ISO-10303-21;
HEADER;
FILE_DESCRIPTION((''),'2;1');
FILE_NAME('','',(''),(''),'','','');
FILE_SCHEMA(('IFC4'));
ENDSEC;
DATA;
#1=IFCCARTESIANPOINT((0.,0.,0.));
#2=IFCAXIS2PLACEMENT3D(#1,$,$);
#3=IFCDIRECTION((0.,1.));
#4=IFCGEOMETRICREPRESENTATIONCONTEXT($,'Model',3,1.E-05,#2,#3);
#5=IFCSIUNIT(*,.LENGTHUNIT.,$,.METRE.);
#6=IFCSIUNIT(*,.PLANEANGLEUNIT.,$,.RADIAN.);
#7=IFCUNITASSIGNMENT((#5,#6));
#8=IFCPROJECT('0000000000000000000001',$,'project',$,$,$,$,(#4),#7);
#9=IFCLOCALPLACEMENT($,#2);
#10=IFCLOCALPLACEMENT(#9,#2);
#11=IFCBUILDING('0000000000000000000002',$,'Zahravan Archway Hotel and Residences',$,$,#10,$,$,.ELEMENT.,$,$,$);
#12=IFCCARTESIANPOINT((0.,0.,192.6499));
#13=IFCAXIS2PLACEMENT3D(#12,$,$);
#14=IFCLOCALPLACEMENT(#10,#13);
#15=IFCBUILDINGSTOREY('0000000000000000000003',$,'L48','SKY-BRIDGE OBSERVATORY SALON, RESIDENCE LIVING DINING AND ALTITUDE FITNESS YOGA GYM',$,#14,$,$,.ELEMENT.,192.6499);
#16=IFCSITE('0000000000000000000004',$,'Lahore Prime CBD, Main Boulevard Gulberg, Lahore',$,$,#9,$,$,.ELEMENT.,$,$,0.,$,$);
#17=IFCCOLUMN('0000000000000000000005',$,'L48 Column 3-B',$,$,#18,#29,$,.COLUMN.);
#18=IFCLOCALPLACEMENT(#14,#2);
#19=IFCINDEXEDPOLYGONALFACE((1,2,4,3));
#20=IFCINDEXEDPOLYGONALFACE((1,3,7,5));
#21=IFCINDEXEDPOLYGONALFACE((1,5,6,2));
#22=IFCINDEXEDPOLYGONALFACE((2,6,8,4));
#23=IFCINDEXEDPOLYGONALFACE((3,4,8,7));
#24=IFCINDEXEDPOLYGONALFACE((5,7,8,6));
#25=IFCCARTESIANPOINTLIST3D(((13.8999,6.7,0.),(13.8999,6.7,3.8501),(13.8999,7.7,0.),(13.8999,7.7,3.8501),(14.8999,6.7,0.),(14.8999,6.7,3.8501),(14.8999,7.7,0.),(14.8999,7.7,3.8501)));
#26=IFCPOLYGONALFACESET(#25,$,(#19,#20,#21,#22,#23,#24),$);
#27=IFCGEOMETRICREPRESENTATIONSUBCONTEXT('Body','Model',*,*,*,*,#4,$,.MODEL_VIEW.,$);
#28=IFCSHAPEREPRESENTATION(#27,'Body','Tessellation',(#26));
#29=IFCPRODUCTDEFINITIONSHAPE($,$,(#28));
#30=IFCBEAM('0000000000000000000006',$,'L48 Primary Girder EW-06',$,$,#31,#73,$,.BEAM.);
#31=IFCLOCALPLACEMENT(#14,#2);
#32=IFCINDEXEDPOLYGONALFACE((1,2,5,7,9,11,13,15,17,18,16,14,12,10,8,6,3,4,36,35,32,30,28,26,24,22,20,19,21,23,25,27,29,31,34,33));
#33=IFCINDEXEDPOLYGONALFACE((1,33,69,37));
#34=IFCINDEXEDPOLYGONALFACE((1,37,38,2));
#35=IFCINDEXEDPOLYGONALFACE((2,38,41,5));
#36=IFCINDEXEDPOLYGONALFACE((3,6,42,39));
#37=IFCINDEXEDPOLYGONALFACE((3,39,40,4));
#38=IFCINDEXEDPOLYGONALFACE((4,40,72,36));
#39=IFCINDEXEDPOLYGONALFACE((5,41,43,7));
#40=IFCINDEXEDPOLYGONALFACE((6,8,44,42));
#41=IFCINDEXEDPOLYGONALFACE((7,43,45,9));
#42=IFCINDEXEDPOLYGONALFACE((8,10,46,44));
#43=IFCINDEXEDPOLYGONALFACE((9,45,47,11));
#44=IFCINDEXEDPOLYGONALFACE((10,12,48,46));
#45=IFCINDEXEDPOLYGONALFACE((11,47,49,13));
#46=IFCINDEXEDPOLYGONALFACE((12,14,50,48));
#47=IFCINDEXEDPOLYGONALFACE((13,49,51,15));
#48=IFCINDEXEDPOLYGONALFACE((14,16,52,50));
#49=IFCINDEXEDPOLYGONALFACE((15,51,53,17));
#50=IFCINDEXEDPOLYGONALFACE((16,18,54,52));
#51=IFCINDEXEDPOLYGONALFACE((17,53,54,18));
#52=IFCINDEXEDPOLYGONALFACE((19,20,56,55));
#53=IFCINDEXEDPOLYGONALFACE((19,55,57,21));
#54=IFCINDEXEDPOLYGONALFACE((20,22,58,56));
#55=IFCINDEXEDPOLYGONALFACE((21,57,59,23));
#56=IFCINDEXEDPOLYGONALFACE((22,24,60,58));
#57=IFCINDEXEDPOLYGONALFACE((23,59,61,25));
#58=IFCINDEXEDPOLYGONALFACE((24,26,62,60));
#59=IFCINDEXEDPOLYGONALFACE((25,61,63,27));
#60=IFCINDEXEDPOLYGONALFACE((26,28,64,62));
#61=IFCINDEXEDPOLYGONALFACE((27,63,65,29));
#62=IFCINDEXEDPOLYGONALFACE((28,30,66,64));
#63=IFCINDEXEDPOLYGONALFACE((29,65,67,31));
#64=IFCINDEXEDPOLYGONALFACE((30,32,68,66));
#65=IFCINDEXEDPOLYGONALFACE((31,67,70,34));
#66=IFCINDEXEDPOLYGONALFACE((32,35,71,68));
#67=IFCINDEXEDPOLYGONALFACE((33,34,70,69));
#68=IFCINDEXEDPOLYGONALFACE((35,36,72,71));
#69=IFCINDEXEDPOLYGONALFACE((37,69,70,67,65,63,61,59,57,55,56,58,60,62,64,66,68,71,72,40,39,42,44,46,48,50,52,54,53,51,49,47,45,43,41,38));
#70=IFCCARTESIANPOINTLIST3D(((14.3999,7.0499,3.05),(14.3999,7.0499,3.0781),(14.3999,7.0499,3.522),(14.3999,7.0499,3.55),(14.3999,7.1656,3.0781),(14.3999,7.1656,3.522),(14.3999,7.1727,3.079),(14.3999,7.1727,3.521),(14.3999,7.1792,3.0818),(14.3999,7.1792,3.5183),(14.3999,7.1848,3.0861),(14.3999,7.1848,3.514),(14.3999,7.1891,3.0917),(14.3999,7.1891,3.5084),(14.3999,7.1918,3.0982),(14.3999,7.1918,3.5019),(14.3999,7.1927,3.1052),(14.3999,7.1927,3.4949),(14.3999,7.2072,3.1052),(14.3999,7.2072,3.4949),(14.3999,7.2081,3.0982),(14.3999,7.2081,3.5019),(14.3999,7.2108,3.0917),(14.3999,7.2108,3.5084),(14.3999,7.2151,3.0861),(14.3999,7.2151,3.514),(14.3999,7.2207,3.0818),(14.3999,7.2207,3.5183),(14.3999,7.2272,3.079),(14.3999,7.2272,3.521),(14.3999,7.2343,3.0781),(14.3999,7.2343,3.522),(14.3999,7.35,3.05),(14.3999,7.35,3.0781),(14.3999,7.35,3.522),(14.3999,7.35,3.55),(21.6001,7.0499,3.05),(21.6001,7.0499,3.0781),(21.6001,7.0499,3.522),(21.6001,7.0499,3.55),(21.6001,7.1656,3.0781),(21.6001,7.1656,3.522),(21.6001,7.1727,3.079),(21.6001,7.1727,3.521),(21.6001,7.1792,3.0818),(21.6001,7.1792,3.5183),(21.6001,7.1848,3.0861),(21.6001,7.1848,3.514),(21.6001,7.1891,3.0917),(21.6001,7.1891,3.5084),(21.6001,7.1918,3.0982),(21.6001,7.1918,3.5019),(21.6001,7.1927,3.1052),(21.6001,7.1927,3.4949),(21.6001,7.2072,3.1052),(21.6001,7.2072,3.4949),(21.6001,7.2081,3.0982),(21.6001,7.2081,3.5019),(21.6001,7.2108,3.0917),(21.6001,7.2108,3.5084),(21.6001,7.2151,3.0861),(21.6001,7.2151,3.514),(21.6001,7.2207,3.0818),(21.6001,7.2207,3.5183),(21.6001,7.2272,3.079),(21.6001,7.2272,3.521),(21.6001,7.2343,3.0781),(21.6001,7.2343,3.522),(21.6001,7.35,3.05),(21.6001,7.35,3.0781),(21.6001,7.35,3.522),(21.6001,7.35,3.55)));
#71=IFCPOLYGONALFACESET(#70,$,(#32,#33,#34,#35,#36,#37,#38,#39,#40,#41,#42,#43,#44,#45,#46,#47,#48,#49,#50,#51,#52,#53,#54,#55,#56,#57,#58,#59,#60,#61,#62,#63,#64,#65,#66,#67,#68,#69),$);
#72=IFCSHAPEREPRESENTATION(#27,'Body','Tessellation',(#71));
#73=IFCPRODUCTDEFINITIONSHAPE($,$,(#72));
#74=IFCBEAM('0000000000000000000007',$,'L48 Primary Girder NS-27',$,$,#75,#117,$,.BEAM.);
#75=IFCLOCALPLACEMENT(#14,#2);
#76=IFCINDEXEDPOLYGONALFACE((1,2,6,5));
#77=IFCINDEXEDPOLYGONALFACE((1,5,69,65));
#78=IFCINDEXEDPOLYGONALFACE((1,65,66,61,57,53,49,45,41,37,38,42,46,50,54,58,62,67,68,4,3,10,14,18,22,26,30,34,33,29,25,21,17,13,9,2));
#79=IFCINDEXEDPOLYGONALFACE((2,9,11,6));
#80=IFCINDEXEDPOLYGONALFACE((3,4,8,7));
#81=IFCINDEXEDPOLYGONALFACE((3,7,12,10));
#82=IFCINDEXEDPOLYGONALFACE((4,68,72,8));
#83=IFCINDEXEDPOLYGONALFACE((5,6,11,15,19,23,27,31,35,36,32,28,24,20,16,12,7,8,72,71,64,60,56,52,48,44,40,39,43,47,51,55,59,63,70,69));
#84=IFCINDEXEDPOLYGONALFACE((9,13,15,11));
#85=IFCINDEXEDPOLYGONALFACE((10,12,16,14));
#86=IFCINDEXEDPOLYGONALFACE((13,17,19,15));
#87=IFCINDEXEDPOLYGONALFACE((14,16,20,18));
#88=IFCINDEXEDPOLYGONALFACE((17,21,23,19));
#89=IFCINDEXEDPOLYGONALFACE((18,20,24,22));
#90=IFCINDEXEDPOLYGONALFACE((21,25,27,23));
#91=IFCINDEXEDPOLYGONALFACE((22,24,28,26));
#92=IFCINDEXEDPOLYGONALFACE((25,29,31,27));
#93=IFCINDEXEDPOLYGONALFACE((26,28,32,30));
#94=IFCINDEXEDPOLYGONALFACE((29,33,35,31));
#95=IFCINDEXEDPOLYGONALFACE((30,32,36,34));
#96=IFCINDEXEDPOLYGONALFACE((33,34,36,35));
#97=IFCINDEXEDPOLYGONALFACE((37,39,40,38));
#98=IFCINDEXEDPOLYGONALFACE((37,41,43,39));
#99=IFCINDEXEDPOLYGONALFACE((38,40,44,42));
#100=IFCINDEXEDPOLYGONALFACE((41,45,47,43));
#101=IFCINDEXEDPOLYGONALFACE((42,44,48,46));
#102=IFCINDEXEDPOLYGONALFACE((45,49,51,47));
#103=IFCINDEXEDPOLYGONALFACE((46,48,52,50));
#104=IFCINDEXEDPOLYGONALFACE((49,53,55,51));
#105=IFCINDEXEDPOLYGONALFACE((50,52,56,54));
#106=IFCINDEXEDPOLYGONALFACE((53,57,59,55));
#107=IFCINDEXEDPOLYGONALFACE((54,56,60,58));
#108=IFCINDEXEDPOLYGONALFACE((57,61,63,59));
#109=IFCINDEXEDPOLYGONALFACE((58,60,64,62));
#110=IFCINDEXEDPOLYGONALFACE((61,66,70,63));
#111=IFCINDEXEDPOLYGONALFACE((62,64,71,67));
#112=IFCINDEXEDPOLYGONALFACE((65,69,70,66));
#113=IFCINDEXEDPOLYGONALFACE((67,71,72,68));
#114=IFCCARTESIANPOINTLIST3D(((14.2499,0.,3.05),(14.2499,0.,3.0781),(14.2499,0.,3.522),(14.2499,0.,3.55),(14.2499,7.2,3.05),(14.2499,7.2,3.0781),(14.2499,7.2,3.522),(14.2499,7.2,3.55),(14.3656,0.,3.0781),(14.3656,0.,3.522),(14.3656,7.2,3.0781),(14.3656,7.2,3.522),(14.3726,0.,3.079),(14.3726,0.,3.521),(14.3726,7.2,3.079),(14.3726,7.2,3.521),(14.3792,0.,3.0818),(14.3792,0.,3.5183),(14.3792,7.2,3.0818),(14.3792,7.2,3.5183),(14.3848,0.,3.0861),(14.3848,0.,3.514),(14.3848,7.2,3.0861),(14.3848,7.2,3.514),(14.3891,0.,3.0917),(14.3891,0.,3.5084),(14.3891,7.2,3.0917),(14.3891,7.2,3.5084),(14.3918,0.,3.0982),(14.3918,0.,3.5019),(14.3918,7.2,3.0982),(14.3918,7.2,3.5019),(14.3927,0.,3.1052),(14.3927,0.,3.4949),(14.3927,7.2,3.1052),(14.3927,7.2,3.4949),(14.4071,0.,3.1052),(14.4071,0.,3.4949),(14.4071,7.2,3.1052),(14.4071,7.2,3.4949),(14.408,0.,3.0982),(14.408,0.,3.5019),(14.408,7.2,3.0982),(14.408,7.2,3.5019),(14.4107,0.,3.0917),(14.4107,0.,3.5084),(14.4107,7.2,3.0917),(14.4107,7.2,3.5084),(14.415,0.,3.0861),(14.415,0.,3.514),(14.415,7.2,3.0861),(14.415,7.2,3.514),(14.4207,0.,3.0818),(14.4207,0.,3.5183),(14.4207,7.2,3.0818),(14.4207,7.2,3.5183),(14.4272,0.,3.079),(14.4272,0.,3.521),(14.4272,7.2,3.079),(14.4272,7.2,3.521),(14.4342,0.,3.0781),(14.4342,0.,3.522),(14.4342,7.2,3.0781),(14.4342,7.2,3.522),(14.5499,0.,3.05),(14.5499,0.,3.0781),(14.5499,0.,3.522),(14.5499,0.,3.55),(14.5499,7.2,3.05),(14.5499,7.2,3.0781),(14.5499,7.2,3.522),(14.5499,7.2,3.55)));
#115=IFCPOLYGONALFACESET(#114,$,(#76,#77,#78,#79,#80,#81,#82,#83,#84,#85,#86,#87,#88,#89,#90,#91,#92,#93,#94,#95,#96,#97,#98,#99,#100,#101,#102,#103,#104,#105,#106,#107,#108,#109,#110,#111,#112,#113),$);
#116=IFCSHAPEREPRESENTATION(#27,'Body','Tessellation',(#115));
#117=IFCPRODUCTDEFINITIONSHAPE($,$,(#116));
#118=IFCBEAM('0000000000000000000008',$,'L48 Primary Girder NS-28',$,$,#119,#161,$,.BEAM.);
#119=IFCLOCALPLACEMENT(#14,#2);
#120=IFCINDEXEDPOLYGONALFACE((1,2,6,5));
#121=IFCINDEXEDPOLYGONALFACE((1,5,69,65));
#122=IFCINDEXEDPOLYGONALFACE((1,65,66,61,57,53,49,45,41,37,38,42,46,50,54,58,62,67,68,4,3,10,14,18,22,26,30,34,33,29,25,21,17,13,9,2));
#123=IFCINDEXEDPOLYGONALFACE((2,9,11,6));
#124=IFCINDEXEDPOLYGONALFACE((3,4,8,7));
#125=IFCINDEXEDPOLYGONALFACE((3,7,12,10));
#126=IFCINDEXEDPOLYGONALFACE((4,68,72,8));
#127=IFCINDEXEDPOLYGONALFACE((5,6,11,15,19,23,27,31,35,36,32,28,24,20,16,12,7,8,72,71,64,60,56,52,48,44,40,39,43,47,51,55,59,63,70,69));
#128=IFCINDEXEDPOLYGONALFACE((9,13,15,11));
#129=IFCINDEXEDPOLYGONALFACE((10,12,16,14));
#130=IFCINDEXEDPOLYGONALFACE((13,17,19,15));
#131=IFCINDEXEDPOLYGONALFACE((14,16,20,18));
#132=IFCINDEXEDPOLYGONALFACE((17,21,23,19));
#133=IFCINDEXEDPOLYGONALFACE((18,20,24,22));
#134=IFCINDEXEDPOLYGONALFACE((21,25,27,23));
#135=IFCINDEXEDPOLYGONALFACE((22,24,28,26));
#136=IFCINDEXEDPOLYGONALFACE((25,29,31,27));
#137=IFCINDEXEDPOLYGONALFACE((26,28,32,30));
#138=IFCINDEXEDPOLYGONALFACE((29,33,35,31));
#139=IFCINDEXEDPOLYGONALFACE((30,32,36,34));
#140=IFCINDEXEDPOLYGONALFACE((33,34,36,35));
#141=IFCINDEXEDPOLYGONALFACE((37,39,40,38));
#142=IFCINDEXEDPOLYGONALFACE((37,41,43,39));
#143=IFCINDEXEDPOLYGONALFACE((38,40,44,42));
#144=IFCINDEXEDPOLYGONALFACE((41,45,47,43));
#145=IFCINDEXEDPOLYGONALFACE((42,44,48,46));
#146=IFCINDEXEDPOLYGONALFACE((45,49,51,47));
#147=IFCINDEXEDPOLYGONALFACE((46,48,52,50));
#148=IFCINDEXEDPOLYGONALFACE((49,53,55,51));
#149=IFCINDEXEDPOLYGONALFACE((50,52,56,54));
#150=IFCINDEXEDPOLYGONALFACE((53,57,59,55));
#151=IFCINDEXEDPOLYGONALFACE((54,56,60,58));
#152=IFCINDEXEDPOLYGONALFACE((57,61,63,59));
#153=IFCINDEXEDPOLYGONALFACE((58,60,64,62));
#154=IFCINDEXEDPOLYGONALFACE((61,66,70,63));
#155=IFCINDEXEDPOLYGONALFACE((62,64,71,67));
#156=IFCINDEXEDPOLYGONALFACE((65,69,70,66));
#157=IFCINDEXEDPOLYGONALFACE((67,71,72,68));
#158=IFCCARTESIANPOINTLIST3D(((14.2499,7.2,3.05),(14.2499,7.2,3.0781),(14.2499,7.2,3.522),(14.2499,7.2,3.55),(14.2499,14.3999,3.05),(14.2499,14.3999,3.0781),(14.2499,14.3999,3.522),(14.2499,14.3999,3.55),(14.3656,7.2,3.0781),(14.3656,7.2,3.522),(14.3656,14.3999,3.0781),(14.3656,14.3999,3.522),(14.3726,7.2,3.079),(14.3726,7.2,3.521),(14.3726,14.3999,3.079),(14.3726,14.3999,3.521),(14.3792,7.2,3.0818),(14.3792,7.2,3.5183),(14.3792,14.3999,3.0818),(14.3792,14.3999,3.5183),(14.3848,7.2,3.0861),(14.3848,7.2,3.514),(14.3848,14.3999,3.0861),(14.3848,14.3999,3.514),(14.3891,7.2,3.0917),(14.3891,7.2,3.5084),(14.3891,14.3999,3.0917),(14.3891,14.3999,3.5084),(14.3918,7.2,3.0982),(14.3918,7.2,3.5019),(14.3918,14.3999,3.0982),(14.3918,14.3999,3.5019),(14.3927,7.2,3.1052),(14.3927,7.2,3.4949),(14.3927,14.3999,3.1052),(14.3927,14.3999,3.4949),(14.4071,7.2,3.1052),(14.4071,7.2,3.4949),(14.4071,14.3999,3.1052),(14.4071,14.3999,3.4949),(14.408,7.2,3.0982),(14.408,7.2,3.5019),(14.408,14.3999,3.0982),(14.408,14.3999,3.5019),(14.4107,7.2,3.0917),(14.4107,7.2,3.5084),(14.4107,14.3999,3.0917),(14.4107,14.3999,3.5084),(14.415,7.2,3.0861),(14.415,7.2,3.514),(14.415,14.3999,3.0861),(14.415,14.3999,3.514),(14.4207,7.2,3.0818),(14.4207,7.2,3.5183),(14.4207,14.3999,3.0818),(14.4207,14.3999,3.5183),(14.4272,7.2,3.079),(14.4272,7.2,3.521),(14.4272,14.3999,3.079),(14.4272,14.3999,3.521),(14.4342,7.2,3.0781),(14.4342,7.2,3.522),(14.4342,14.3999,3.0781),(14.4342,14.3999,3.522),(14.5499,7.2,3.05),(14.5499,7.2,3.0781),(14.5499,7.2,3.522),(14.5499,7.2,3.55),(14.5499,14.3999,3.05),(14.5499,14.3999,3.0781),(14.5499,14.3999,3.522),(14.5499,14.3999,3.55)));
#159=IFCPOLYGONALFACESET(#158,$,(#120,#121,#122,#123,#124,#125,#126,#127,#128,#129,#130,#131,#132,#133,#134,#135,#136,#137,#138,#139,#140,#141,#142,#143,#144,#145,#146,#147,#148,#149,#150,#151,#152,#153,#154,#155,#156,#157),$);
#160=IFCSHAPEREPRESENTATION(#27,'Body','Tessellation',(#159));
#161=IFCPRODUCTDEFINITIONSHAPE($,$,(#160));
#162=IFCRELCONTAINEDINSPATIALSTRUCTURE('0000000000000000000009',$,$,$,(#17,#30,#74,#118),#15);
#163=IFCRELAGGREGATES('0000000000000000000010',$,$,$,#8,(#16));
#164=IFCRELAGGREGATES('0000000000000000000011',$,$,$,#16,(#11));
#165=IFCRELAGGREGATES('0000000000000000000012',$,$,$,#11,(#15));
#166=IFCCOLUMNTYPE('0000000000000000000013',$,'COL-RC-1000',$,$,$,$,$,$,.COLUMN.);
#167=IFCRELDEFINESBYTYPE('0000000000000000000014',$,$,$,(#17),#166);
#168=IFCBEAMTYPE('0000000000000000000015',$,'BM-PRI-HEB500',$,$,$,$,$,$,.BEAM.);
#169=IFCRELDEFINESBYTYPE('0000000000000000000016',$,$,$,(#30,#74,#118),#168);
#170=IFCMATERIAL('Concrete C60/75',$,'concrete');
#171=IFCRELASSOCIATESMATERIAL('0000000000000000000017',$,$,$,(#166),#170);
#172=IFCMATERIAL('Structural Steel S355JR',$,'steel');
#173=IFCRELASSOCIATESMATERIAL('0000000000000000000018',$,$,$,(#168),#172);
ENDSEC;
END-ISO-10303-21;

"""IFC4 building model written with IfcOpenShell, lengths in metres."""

from ifc_helpers import new_model, si_unit, direction, frame, origin, origin_2d, place, context, subcontext, project, spatial, rectangle, i_section, extrude, source, transform, mapped, material, material_profile, profile_set, type_object, type_shapes, element, save


model = new_model("IFC4")

# Units and contexts
model_context = context("Model", 3, precision=1e-05, world=origin(), true_north=direction((0.0, 1.0)))
body_context = subcontext(model_context, "Body", "Model", "MODEL_VIEW")
ifc_project = project(units=[si_unit("LENGTHUNIT", "METRE"), si_unit("PLANEANGLEUNIT", "RADIAN")], contexts=[model_context])

# Site, building, storey
site_placement = place(None, origin())
site = spatial("IfcSite", under=ifc_project, at=site_placement, Name="Lahore Prime CBD, Main Boulevard Gulberg, Lahore", CompositionType="ELEMENT", RefElevation=0.0)
building_placement = place(site_placement, origin())
building = spatial("IfcBuilding", under=site, at=building_placement, Name="Zahravan Archway Hotel and Residences", CompositionType="ELEMENT")
storey_placement = place(building_placement, frame((0.0, 0.0, 192.6499)))
storey = spatial("IfcBuildingStorey", under=building, at=storey_placement, Name="L48", Description="SKY-BRIDGE OBSERVATORY SALON, RESIDENCE LIVING DINING AND ALTITUDE FITNESS YOGA GYM", CompositionType="ELEMENT", Elevation=192.6499)

# Column
ifc_material_1 = material(Name="Concrete C60/75", Category="concrete")
ifc_material_profile_1 = material_profile(ifc_material_1, rectangle(XDim=1.0, YDim=1.0, at=origin_2d()), Name="RC-COL-1000x1000", Category="concrete")
ifc_profile_set_1 = profile_set([ifc_material_profile_1], Name="Concrete C60/75")
column_type = type_object("IfcColumnType", Name="COL-RC-1000", PredefinedType="COLUMN", material=ifc_profile_set_1)
shared_shape_1 = source(origin(), body_context, "Body", "SweptSolid", [
    extrude(rectangle(XDim=1.0, YDim=1.0, at=origin_2d()), origin(), (0.0, 0.0, 1.0), 3.8501),
])
column_placement = place(storey_placement, frame((14.3999, 7.2, 0.0), z_axis=(0.0, 0.0, 1.0), x_axis=(1.0, 0.0, 0.0)))
element("IfcColumn", 1, at=column_placement, inside=storey, type_object=column_type, Name="L48 Column 3-B", PredefinedType="COLUMN", context=body_context, shape_type="MappedRepresentation", body=[
    mapped(shared_shape_1, transform((0.0, 0.0, 0.0), scale=1.0)),
])

# Beams
ifc_material_2 = material(Name="Structural Steel S355JR", Category="steel")
ifc_material_profile_2 = material_profile(ifc_material_2, i_section(OverallWidth=0.3, OverallDepth=0.5, WebThickness=0.0144, FlangeThickness=0.0281, FilletRadius=0.0271, at=origin_2d()), Name="HEB 500", Category="steel")
ifc_profile_set_2 = profile_set([ifc_material_profile_2], Name="Structural Steel S355JR")
beam_type = type_object("IfcBeamType", Name="BM-PRI-HEB500", PredefinedType="BEAM", material=ifc_profile_set_2)
shared_shape_2 = source(origin(), body_context, "Body", "SweptSolid", [
    extrude(i_section(OverallWidth=0.3, OverallDepth=0.5, WebThickness=0.0144, FlangeThickness=0.0281, FilletRadius=0.0271, at=origin_2d()), origin(), (0.0, 0.0, 1.0), 7.2002),
])
type_shapes(beam_type, [shared_shape_2])
beam_placement = place(storey_placement, frame((14.3999, 7.2, 3.3), z_axis=(1.0, 0.0, 0.0), x_axis=(0.0, 1.0, 0.0)))
element("IfcBeam", 2, at=beam_placement, inside=storey, type_object=beam_type, Name="L48 Primary Girder EW-06", PredefinedType="BEAM", context=body_context, shape_type="MappedRepresentation", body=[
    mapped(shared_shape_2, transform((0.0, 0.0, 0.0), scale=1.0)),
])
shared_shape_3 = source(origin(), body_context, "Body", "SweptSolid", [
    extrude(i_section(OverallWidth=0.3, OverallDepth=0.5, WebThickness=0.0144, FlangeThickness=0.0281, FilletRadius=0.0271, at=origin_2d()), origin(), (0.0, 0.0, 1.0), 7.2),
])
for number, where, z_axis, x_axis, name in (
    (3, (14.3999, 0.0, 3.3), (0.0, 1.0, 0.0), (-1.0, 0.0, 0.0), "L48 Primary Girder NS-27"),
    (4, (14.3999, 7.2, 3.3), (0.0, 1.0, 0.0), (-1.0, 0.0, 0.0), "L48 Primary Girder NS-28"),
):
    element("IfcBeam", number, at=place(storey_placement, frame(where, z_axis=z_axis, x_axis=x_axis)), inside=storey, type_object=beam_type, Name=name, PredefinedType="BEAM", context=body_context, shape_type="MappedRepresentation", body=[
        mapped(shared_shape_3, transform((0.0, 0.0, 0.0), scale=1.0)),
    ])

save(model, "model.ifc")
